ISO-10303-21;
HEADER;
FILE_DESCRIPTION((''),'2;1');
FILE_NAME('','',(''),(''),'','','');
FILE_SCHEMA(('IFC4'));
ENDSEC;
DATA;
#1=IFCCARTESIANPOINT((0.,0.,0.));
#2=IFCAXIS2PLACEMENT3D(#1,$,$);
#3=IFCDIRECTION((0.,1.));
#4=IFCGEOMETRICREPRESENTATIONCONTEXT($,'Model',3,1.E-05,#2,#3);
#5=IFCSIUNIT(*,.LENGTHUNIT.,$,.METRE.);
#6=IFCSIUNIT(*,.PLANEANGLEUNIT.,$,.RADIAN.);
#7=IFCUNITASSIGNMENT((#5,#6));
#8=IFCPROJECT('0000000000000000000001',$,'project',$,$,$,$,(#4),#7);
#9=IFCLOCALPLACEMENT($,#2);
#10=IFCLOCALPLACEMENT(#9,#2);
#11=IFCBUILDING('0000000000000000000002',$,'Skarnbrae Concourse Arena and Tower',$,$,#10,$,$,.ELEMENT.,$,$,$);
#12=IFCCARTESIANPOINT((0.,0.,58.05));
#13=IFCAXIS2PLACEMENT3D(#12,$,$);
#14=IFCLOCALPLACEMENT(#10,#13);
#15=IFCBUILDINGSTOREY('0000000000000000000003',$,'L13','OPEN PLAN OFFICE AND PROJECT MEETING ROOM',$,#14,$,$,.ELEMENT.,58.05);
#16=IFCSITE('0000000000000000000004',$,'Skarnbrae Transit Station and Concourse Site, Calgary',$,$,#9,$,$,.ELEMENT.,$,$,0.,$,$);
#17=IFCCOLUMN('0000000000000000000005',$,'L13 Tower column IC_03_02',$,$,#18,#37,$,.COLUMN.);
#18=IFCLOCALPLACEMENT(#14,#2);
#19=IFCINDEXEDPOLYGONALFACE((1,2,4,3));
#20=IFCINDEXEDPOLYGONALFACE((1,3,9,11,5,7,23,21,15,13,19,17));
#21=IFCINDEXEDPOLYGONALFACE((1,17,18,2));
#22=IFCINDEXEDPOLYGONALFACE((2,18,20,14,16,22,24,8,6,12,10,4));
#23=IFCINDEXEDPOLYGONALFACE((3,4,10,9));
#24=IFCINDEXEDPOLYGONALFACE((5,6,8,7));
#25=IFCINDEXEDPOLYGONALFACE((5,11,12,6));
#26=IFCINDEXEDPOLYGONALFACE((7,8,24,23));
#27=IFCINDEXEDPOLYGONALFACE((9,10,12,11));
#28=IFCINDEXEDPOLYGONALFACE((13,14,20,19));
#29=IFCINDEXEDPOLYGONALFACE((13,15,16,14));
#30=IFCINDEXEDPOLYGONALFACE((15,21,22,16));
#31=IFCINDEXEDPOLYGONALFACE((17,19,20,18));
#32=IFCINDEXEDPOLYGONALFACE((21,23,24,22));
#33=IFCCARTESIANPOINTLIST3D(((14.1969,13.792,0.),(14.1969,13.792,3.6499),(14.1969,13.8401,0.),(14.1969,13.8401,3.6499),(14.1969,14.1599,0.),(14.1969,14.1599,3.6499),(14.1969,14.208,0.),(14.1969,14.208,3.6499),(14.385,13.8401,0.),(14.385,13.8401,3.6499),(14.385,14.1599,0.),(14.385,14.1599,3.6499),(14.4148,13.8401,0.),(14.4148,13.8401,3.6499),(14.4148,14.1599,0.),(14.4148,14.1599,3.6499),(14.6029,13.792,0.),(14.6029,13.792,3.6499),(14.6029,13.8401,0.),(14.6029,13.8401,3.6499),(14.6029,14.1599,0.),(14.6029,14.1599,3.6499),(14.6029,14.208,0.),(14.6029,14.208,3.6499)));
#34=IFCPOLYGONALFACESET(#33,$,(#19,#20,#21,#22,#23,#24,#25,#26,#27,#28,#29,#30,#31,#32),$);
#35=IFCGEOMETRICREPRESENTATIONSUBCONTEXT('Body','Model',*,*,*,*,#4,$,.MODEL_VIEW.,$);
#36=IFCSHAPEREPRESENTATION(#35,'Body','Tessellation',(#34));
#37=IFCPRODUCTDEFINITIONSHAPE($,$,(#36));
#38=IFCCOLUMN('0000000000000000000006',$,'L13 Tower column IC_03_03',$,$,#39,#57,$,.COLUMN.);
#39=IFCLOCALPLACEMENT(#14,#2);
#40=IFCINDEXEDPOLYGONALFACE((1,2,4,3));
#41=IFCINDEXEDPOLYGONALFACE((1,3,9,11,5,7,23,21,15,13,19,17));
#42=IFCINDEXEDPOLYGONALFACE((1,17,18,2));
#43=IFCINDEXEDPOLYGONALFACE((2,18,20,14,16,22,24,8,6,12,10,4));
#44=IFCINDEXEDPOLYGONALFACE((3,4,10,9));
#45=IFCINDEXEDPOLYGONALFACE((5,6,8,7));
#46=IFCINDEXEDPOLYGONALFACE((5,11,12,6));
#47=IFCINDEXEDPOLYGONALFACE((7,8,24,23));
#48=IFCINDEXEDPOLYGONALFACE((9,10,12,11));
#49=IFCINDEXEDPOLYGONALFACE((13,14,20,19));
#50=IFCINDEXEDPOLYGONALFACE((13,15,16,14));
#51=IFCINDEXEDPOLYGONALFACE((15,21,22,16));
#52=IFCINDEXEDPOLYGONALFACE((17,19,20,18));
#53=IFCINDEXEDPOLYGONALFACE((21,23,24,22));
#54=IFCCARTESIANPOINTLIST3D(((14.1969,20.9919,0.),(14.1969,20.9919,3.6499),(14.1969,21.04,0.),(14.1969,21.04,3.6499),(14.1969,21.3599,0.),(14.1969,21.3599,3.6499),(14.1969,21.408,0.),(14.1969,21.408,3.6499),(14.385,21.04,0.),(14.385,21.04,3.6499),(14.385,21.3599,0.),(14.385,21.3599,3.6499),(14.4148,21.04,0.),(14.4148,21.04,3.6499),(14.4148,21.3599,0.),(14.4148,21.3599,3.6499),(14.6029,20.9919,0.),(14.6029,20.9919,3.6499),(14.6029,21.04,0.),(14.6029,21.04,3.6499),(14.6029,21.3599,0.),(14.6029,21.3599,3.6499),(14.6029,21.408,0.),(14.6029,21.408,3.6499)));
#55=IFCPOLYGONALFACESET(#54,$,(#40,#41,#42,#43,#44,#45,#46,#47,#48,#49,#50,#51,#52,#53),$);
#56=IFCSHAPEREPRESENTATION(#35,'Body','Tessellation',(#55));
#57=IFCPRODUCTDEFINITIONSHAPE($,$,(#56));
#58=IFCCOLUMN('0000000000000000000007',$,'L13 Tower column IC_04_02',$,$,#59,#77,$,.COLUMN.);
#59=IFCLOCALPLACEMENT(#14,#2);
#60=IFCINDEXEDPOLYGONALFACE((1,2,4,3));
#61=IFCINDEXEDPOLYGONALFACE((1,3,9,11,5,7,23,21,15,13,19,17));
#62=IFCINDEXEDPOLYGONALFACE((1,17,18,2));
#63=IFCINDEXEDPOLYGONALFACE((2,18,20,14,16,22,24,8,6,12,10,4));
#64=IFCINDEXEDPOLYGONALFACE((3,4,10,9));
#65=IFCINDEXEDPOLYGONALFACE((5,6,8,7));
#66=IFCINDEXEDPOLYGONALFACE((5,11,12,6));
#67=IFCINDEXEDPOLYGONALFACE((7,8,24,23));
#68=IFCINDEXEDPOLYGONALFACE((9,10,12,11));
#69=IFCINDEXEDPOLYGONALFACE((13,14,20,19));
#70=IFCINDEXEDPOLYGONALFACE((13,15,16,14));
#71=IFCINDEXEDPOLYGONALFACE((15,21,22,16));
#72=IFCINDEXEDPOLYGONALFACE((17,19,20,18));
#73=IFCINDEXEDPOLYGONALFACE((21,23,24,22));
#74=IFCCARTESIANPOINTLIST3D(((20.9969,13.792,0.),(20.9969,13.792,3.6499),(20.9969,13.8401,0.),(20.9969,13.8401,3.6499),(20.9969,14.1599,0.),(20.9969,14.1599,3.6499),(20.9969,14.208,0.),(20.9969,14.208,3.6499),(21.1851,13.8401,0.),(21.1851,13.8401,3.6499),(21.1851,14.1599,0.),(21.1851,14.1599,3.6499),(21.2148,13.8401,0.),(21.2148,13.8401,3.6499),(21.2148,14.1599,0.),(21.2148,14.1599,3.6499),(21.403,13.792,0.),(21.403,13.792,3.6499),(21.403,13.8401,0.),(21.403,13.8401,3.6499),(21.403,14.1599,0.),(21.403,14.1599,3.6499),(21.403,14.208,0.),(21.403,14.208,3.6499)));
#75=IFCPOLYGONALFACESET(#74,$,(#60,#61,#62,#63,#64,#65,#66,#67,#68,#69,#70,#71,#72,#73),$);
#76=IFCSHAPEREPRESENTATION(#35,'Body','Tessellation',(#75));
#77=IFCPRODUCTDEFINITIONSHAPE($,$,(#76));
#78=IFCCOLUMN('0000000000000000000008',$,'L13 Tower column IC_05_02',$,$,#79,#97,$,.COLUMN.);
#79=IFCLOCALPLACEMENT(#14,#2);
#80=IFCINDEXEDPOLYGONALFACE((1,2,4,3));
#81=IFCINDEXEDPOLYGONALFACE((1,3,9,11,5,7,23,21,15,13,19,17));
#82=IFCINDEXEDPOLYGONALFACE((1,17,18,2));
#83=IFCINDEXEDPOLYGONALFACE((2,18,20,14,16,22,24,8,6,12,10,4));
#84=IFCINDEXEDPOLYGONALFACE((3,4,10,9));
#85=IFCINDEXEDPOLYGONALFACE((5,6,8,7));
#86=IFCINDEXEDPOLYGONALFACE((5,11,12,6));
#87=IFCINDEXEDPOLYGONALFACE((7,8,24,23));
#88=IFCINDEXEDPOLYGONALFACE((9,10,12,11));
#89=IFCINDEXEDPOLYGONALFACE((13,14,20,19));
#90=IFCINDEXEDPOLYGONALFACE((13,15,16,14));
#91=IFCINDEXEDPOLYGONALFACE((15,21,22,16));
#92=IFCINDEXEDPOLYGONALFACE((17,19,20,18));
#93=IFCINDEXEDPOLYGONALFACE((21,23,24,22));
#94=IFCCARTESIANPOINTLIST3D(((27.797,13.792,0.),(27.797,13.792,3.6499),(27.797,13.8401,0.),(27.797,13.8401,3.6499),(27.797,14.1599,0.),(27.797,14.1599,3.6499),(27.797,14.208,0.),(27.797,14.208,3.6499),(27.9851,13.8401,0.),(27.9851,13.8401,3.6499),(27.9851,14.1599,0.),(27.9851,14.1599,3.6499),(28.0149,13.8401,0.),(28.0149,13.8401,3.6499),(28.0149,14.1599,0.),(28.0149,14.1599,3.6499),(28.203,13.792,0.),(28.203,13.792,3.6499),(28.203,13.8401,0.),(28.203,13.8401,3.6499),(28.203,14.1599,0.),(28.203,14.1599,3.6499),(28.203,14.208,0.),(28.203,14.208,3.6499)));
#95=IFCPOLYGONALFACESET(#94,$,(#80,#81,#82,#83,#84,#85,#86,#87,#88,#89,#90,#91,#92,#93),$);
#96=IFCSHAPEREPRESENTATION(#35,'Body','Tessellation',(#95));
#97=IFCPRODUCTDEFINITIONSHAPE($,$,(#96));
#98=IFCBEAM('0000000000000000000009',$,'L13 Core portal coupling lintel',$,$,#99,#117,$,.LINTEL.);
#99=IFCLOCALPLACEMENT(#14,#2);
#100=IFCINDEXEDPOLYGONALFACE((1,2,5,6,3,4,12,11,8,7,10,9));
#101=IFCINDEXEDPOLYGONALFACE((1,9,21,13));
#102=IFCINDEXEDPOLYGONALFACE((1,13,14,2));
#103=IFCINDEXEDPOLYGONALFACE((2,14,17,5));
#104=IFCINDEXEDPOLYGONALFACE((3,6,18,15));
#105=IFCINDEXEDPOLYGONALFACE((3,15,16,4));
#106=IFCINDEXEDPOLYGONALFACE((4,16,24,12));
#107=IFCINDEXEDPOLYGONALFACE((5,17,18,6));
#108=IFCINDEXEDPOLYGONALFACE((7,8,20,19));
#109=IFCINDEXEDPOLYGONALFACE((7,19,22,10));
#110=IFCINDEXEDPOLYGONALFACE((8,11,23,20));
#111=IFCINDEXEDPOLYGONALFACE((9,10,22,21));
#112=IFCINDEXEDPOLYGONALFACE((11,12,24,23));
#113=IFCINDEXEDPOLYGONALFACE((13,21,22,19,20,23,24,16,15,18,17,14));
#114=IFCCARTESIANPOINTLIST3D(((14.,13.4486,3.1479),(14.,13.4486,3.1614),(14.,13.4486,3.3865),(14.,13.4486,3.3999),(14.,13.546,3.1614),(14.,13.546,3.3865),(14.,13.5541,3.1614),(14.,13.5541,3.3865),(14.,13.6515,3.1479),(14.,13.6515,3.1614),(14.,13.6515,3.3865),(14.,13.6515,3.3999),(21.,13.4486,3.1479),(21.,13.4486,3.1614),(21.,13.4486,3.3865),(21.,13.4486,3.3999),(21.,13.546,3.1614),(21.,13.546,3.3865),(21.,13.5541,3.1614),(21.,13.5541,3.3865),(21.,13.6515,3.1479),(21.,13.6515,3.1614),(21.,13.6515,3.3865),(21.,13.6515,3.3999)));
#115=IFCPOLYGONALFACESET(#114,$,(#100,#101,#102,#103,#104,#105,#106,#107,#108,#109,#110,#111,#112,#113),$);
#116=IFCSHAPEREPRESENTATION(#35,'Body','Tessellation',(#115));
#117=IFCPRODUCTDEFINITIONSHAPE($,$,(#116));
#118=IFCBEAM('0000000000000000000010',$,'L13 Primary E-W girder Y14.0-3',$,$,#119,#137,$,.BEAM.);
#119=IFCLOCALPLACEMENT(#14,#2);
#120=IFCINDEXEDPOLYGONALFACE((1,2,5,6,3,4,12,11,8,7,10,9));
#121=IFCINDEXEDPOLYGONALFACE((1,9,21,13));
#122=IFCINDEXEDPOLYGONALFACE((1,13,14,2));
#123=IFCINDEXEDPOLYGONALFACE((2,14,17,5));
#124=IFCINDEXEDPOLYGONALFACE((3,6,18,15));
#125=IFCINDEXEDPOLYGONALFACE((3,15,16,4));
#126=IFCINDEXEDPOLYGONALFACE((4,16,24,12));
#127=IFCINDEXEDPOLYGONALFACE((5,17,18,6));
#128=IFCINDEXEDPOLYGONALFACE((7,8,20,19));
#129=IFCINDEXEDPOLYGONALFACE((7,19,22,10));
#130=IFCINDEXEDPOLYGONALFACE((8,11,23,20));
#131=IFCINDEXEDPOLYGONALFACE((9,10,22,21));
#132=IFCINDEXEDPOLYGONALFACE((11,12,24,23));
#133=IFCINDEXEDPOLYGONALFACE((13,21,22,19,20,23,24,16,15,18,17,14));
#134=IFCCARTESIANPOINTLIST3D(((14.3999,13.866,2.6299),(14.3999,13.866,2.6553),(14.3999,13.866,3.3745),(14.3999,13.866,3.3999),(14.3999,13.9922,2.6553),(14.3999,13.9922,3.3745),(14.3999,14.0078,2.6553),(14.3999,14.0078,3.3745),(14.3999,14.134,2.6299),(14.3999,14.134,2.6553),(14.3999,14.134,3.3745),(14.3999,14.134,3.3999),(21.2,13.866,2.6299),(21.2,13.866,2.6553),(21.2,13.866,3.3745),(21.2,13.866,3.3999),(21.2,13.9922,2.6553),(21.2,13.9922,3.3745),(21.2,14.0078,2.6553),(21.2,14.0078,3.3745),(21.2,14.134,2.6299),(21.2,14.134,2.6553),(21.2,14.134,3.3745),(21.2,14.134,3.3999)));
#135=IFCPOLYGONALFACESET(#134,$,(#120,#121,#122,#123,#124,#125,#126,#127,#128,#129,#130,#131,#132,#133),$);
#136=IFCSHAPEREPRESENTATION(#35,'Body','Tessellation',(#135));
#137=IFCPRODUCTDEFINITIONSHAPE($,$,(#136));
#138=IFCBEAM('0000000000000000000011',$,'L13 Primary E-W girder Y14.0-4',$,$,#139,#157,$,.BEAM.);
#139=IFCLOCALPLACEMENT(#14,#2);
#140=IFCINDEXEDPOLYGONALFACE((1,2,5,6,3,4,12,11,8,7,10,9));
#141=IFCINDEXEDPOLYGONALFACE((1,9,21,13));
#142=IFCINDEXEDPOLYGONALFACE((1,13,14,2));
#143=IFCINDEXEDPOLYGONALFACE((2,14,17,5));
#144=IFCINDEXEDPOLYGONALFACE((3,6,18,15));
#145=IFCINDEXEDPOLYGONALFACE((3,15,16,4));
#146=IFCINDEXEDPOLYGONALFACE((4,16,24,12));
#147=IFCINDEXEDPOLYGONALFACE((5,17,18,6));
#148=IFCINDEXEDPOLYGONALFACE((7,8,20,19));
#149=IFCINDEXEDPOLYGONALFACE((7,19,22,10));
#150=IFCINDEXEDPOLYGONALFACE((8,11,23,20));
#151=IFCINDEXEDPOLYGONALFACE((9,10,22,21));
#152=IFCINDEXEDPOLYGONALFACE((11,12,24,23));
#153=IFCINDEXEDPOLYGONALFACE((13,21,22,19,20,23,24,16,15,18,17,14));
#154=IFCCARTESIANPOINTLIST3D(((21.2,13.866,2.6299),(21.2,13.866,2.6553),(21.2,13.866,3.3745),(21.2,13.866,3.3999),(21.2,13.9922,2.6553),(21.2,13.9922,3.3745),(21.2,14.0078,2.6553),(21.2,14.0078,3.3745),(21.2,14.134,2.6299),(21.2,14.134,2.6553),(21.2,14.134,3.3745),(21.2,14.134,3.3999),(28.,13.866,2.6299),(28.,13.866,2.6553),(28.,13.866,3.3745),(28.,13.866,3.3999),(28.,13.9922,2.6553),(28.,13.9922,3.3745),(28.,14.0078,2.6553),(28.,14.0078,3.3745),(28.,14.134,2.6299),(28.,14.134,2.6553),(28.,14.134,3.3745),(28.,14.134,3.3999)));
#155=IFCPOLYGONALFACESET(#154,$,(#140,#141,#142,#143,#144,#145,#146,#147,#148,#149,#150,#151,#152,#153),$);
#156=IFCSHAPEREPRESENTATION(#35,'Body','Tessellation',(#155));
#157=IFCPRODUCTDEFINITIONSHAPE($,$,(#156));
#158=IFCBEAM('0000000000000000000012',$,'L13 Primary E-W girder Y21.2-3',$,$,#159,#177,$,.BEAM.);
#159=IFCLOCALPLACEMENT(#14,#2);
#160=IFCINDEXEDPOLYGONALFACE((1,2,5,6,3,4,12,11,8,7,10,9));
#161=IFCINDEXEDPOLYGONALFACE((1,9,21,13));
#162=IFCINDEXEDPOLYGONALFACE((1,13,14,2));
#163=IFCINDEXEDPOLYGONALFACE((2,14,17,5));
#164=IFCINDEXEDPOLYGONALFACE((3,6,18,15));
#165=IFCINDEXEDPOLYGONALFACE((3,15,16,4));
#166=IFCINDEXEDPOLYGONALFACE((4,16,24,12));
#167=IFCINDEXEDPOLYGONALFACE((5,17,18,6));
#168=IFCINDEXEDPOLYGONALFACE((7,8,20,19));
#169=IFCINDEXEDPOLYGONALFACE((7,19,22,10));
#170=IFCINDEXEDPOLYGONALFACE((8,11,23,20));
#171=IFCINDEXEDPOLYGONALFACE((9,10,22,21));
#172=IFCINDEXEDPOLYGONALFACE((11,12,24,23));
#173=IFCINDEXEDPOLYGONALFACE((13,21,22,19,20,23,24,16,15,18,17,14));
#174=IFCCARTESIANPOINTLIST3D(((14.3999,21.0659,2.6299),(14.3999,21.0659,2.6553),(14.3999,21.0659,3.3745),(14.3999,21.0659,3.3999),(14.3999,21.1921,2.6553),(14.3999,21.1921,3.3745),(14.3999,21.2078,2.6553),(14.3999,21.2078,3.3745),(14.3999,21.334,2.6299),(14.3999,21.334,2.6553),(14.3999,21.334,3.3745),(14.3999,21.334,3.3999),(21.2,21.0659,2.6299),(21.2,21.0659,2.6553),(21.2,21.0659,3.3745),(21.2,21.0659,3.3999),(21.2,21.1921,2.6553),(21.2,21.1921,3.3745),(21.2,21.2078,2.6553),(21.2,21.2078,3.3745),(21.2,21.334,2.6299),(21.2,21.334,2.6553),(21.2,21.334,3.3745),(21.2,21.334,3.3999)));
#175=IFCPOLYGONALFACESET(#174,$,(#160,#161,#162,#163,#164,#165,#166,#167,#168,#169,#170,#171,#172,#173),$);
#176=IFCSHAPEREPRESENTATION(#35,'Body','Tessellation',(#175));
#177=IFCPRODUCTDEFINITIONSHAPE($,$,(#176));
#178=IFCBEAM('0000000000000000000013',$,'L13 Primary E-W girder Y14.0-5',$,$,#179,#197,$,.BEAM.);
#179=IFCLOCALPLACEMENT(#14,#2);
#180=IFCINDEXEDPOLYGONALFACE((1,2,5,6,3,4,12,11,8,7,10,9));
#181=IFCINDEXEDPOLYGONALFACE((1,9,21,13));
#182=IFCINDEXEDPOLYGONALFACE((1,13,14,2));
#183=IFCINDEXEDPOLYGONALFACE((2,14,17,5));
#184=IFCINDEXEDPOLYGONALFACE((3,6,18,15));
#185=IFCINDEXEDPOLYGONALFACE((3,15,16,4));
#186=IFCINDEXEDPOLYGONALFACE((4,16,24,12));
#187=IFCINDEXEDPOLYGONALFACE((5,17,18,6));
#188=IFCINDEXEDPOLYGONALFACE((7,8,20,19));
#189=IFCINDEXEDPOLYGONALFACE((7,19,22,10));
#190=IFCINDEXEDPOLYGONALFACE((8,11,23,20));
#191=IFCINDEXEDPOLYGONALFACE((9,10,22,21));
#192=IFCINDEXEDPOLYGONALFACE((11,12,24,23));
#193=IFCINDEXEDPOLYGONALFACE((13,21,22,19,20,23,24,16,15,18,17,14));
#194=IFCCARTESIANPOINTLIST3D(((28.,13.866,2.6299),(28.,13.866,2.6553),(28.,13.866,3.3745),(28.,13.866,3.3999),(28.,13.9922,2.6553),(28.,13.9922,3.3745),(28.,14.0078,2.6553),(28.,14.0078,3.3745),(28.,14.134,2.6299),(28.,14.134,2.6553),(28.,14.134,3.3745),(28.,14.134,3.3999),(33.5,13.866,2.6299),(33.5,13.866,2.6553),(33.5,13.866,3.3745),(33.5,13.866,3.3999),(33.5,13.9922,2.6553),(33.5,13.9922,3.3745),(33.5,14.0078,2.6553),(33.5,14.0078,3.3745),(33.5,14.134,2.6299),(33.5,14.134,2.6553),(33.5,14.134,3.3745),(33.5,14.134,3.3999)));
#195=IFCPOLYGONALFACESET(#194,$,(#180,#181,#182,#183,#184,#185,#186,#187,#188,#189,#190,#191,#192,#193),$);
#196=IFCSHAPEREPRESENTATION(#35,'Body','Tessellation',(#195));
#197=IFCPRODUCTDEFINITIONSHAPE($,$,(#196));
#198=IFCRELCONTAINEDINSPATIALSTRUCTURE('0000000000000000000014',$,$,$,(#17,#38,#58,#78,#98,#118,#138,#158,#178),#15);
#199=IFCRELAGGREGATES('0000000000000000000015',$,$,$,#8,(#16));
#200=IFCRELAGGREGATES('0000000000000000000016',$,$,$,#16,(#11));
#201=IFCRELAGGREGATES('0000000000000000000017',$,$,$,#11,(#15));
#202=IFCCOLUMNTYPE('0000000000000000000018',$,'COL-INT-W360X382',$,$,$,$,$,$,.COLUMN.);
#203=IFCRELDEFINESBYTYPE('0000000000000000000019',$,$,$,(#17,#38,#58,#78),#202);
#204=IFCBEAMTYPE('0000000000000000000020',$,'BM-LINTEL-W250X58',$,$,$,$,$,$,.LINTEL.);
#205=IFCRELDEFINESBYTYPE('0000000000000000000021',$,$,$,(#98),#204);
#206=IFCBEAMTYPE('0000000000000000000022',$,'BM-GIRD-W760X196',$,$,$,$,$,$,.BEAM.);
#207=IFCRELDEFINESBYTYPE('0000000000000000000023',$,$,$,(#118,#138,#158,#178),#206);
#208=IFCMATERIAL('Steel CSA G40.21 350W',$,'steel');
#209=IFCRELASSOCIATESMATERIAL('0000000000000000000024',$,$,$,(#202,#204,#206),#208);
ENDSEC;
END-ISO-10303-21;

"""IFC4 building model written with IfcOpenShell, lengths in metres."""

from ifc_helpers import new_model, si_unit, direction, frame, origin, origin_2d, place, context, subcontext, project, spatial, i_section, extrude, source, transform, mapped, material, material_profile, profile_set, type_object, element, save


model = new_model("IFC4")

# Units and contexts
model_context = context("Model", 3, precision=1e-05, world=origin(), true_north=direction((0.0, 1.0)))
body_context = subcontext(model_context, "Body", "Model", "MODEL_VIEW")
ifc_project = project(units=[si_unit("LENGTHUNIT", "METRE"), si_unit("PLANEANGLEUNIT", "RADIAN")], contexts=[model_context])

# Site, building, storey
site_placement = place(None, origin())
site = spatial("IfcSite", under=ifc_project, at=site_placement, Name="Skarnbrae Transit Station and Concourse Site, Calgary", CompositionType="ELEMENT", RefElevation=0.0)
building_placement = place(site_placement, origin())
building = spatial("IfcBuilding", under=site, at=building_placement, Name="Skarnbrae Concourse Arena and Tower", CompositionType="ELEMENT")
storey_placement = place(building_placement, frame((0.0, 0.0, 58.05)))
storey = spatial("IfcBuildingStorey", under=building, at=storey_placement, Name="L13", Description="OPEN PLAN OFFICE AND PROJECT MEETING ROOM", CompositionType="ELEMENT", Elevation=58.05)

# Columns
ifc_material_1 = material(Name="Steel CSA G40.21 350W", Category="steel")
ifc_material_profile_1 = material_profile(ifc_material_1, i_section(OverallWidth=0.406, OverallDepth=0.416, WebThickness=0.0298, FlangeThickness=0.0481, at=origin_2d()), Name="W360X382")
ifc_profile_set_1 = profile_set([ifc_material_profile_1], Name="Steel CSA G40.21 350W")
column_type = type_object("IfcColumnType", Name="COL-INT-W360X382", PredefinedType="COLUMN", material=ifc_profile_set_1)
shared_shape_1 = source(origin(), body_context, "Body", "SweptSolid", [
    extrude(i_section(OverallWidth=0.406, OverallDepth=0.416, WebThickness=0.0298, FlangeThickness=0.0481, at=origin_2d()), origin(), (0.0, 0.0, 1.0), 3.6499),
])
for number, where, z_axis, x_axis, name in (
    (1, (14.3999, 14.0, 0.0), (0.0, 0.0, 1.0), (1.0, 0.0, 0.0), "L13 Tower column IC_03_02"),
    (2, (14.3999, 21.2, 0.0), (0.0, 0.0, 1.0), (1.0, 0.0, 0.0), "L13 Tower column IC_03_03"),
    (3, (21.2, 14.0, 0.0), (0.0, 0.0, 1.0), (1.0, 0.0, 0.0), "L13 Tower column IC_04_02"),
    (4, (28.0, 14.0, 0.0), (0.0, 0.0, 1.0), (1.0, 0.0, 0.0), "L13 Tower column IC_05_02"),
):
    element("IfcColumn", number, at=place(storey_placement, frame(where, z_axis=z_axis, x_axis=x_axis)), inside=storey, type_object=column_type, Name=name, PredefinedType="COLUMN", context=body_context, shape_type="MappedRepresentation", body=[
        mapped(shared_shape_1, transform((0.0, 0.0, 0.0))),
    ])

# Beams
ifc_material_profile_2 = material_profile(ifc_material_1, i_section(OverallWidth=0.2029, OverallDepth=0.252, WebThickness=0.0081, FlangeThickness=0.0134, at=origin_2d()), Name="W250X58")
ifc_profile_set_2 = profile_set([ifc_material_profile_2], Name="Steel CSA G40.21 350W")
beam_type_1 = type_object("IfcBeamType", Name="BM-LINTEL-W250X58", PredefinedType="LINTEL", material=ifc_profile_set_2)
shared_shape_2 = source(origin(), body_context, "Body", "SweptSolid", [
    extrude(i_section(OverallWidth=0.2029, OverallDepth=0.252, WebThickness=0.0081, FlangeThickness=0.0134, at=origin_2d()), origin(), (0.0, 0.0, 1.0), 7.0),
])
beam_1_placement = place(storey_placement, frame((14.0, 13.55, 3.2739), z_axis=(1.0, 0.0, 0.0), x_axis=(0.0, 1.0, 0.0)))
element("IfcBeam", 5, at=beam_1_placement, inside=storey, type_object=beam_type_1, Name="L13 Core portal coupling lintel", PredefinedType="LINTEL", context=body_context, shape_type="MappedRepresentation", body=[
    mapped(shared_shape_2, transform((0.0, 0.0, 0.0))),
])
ifc_material_profile_3 = material_profile(ifc_material_1, i_section(OverallWidth=0.2681, OverallDepth=0.77, WebThickness=0.0156, FlangeThickness=0.0254, at=origin_2d()), Name="W760X196")
ifc_profile_set_3 = profile_set([ifc_material_profile_3], Name="Steel CSA G40.21 350W")
beam_type_2 = type_object("IfcBeamType", Name="BM-GIRD-W760X196", PredefinedType="BEAM", material=ifc_profile_set_3)
shared_shape_3 = source(origin(), body_context, "Body", "SweptSolid", [
    extrude(i_section(OverallWidth=0.2681, OverallDepth=0.77, WebThickness=0.0156, FlangeThickness=0.0254, at=origin_2d()), origin(), (0.0, 0.0, 1.0), 6.8),
])
for number, where, z_axis, x_axis, name in (
    (6, (14.3999, 14.0, 3.0149), (1.0, 0.0, 0.0), (0.0, 1.0, 0.0), "L13 Primary E-W girder Y14.0-3"),
    (7, (21.2, 14.0, 3.0149), (1.0, 0.0, 0.0), (0.0, 1.0, 0.0), "L13 Primary E-W girder Y14.0-4"),
    (8, (14.3999, 21.2, 3.0149), (1.0, 0.0, 0.0), (0.0, 1.0, 0.0), "L13 Primary E-W girder Y21.2-3"),
):
    element("IfcBeam", number, at=place(storey_placement, frame(where, z_axis=z_axis, x_axis=x_axis)), inside=storey, type_object=beam_type_2, Name=name, PredefinedType="BEAM", context=body_context, shape_type="MappedRepresentation", body=[
        mapped(shared_shape_3, transform((0.0, 0.0, 0.0))),
    ])
shared_shape_4 = source(origin(), body_context, "Body", "SweptSolid", [
    extrude(i_section(OverallWidth=0.2681, OverallDepth=0.77, WebThickness=0.0156, FlangeThickness=0.0254, at=origin_2d()), origin(), (0.0, 0.0, 1.0), 5.5),
])
beam_2_placement = place(storey_placement, frame((28.0, 14.0, 3.0149), z_axis=(1.0, 0.0, 0.0), x_axis=(0.0, 1.0, 0.0)))
element("IfcBeam", 9, at=beam_2_placement, inside=storey, type_object=beam_type_2, Name="L13 Primary E-W girder Y14.0-5", PredefinedType="BEAM", context=body_context, shape_type="MappedRepresentation", body=[
    mapped(shared_shape_4, transform((0.0, 0.0, 0.0))),
])

save(model, "model.ifc")
